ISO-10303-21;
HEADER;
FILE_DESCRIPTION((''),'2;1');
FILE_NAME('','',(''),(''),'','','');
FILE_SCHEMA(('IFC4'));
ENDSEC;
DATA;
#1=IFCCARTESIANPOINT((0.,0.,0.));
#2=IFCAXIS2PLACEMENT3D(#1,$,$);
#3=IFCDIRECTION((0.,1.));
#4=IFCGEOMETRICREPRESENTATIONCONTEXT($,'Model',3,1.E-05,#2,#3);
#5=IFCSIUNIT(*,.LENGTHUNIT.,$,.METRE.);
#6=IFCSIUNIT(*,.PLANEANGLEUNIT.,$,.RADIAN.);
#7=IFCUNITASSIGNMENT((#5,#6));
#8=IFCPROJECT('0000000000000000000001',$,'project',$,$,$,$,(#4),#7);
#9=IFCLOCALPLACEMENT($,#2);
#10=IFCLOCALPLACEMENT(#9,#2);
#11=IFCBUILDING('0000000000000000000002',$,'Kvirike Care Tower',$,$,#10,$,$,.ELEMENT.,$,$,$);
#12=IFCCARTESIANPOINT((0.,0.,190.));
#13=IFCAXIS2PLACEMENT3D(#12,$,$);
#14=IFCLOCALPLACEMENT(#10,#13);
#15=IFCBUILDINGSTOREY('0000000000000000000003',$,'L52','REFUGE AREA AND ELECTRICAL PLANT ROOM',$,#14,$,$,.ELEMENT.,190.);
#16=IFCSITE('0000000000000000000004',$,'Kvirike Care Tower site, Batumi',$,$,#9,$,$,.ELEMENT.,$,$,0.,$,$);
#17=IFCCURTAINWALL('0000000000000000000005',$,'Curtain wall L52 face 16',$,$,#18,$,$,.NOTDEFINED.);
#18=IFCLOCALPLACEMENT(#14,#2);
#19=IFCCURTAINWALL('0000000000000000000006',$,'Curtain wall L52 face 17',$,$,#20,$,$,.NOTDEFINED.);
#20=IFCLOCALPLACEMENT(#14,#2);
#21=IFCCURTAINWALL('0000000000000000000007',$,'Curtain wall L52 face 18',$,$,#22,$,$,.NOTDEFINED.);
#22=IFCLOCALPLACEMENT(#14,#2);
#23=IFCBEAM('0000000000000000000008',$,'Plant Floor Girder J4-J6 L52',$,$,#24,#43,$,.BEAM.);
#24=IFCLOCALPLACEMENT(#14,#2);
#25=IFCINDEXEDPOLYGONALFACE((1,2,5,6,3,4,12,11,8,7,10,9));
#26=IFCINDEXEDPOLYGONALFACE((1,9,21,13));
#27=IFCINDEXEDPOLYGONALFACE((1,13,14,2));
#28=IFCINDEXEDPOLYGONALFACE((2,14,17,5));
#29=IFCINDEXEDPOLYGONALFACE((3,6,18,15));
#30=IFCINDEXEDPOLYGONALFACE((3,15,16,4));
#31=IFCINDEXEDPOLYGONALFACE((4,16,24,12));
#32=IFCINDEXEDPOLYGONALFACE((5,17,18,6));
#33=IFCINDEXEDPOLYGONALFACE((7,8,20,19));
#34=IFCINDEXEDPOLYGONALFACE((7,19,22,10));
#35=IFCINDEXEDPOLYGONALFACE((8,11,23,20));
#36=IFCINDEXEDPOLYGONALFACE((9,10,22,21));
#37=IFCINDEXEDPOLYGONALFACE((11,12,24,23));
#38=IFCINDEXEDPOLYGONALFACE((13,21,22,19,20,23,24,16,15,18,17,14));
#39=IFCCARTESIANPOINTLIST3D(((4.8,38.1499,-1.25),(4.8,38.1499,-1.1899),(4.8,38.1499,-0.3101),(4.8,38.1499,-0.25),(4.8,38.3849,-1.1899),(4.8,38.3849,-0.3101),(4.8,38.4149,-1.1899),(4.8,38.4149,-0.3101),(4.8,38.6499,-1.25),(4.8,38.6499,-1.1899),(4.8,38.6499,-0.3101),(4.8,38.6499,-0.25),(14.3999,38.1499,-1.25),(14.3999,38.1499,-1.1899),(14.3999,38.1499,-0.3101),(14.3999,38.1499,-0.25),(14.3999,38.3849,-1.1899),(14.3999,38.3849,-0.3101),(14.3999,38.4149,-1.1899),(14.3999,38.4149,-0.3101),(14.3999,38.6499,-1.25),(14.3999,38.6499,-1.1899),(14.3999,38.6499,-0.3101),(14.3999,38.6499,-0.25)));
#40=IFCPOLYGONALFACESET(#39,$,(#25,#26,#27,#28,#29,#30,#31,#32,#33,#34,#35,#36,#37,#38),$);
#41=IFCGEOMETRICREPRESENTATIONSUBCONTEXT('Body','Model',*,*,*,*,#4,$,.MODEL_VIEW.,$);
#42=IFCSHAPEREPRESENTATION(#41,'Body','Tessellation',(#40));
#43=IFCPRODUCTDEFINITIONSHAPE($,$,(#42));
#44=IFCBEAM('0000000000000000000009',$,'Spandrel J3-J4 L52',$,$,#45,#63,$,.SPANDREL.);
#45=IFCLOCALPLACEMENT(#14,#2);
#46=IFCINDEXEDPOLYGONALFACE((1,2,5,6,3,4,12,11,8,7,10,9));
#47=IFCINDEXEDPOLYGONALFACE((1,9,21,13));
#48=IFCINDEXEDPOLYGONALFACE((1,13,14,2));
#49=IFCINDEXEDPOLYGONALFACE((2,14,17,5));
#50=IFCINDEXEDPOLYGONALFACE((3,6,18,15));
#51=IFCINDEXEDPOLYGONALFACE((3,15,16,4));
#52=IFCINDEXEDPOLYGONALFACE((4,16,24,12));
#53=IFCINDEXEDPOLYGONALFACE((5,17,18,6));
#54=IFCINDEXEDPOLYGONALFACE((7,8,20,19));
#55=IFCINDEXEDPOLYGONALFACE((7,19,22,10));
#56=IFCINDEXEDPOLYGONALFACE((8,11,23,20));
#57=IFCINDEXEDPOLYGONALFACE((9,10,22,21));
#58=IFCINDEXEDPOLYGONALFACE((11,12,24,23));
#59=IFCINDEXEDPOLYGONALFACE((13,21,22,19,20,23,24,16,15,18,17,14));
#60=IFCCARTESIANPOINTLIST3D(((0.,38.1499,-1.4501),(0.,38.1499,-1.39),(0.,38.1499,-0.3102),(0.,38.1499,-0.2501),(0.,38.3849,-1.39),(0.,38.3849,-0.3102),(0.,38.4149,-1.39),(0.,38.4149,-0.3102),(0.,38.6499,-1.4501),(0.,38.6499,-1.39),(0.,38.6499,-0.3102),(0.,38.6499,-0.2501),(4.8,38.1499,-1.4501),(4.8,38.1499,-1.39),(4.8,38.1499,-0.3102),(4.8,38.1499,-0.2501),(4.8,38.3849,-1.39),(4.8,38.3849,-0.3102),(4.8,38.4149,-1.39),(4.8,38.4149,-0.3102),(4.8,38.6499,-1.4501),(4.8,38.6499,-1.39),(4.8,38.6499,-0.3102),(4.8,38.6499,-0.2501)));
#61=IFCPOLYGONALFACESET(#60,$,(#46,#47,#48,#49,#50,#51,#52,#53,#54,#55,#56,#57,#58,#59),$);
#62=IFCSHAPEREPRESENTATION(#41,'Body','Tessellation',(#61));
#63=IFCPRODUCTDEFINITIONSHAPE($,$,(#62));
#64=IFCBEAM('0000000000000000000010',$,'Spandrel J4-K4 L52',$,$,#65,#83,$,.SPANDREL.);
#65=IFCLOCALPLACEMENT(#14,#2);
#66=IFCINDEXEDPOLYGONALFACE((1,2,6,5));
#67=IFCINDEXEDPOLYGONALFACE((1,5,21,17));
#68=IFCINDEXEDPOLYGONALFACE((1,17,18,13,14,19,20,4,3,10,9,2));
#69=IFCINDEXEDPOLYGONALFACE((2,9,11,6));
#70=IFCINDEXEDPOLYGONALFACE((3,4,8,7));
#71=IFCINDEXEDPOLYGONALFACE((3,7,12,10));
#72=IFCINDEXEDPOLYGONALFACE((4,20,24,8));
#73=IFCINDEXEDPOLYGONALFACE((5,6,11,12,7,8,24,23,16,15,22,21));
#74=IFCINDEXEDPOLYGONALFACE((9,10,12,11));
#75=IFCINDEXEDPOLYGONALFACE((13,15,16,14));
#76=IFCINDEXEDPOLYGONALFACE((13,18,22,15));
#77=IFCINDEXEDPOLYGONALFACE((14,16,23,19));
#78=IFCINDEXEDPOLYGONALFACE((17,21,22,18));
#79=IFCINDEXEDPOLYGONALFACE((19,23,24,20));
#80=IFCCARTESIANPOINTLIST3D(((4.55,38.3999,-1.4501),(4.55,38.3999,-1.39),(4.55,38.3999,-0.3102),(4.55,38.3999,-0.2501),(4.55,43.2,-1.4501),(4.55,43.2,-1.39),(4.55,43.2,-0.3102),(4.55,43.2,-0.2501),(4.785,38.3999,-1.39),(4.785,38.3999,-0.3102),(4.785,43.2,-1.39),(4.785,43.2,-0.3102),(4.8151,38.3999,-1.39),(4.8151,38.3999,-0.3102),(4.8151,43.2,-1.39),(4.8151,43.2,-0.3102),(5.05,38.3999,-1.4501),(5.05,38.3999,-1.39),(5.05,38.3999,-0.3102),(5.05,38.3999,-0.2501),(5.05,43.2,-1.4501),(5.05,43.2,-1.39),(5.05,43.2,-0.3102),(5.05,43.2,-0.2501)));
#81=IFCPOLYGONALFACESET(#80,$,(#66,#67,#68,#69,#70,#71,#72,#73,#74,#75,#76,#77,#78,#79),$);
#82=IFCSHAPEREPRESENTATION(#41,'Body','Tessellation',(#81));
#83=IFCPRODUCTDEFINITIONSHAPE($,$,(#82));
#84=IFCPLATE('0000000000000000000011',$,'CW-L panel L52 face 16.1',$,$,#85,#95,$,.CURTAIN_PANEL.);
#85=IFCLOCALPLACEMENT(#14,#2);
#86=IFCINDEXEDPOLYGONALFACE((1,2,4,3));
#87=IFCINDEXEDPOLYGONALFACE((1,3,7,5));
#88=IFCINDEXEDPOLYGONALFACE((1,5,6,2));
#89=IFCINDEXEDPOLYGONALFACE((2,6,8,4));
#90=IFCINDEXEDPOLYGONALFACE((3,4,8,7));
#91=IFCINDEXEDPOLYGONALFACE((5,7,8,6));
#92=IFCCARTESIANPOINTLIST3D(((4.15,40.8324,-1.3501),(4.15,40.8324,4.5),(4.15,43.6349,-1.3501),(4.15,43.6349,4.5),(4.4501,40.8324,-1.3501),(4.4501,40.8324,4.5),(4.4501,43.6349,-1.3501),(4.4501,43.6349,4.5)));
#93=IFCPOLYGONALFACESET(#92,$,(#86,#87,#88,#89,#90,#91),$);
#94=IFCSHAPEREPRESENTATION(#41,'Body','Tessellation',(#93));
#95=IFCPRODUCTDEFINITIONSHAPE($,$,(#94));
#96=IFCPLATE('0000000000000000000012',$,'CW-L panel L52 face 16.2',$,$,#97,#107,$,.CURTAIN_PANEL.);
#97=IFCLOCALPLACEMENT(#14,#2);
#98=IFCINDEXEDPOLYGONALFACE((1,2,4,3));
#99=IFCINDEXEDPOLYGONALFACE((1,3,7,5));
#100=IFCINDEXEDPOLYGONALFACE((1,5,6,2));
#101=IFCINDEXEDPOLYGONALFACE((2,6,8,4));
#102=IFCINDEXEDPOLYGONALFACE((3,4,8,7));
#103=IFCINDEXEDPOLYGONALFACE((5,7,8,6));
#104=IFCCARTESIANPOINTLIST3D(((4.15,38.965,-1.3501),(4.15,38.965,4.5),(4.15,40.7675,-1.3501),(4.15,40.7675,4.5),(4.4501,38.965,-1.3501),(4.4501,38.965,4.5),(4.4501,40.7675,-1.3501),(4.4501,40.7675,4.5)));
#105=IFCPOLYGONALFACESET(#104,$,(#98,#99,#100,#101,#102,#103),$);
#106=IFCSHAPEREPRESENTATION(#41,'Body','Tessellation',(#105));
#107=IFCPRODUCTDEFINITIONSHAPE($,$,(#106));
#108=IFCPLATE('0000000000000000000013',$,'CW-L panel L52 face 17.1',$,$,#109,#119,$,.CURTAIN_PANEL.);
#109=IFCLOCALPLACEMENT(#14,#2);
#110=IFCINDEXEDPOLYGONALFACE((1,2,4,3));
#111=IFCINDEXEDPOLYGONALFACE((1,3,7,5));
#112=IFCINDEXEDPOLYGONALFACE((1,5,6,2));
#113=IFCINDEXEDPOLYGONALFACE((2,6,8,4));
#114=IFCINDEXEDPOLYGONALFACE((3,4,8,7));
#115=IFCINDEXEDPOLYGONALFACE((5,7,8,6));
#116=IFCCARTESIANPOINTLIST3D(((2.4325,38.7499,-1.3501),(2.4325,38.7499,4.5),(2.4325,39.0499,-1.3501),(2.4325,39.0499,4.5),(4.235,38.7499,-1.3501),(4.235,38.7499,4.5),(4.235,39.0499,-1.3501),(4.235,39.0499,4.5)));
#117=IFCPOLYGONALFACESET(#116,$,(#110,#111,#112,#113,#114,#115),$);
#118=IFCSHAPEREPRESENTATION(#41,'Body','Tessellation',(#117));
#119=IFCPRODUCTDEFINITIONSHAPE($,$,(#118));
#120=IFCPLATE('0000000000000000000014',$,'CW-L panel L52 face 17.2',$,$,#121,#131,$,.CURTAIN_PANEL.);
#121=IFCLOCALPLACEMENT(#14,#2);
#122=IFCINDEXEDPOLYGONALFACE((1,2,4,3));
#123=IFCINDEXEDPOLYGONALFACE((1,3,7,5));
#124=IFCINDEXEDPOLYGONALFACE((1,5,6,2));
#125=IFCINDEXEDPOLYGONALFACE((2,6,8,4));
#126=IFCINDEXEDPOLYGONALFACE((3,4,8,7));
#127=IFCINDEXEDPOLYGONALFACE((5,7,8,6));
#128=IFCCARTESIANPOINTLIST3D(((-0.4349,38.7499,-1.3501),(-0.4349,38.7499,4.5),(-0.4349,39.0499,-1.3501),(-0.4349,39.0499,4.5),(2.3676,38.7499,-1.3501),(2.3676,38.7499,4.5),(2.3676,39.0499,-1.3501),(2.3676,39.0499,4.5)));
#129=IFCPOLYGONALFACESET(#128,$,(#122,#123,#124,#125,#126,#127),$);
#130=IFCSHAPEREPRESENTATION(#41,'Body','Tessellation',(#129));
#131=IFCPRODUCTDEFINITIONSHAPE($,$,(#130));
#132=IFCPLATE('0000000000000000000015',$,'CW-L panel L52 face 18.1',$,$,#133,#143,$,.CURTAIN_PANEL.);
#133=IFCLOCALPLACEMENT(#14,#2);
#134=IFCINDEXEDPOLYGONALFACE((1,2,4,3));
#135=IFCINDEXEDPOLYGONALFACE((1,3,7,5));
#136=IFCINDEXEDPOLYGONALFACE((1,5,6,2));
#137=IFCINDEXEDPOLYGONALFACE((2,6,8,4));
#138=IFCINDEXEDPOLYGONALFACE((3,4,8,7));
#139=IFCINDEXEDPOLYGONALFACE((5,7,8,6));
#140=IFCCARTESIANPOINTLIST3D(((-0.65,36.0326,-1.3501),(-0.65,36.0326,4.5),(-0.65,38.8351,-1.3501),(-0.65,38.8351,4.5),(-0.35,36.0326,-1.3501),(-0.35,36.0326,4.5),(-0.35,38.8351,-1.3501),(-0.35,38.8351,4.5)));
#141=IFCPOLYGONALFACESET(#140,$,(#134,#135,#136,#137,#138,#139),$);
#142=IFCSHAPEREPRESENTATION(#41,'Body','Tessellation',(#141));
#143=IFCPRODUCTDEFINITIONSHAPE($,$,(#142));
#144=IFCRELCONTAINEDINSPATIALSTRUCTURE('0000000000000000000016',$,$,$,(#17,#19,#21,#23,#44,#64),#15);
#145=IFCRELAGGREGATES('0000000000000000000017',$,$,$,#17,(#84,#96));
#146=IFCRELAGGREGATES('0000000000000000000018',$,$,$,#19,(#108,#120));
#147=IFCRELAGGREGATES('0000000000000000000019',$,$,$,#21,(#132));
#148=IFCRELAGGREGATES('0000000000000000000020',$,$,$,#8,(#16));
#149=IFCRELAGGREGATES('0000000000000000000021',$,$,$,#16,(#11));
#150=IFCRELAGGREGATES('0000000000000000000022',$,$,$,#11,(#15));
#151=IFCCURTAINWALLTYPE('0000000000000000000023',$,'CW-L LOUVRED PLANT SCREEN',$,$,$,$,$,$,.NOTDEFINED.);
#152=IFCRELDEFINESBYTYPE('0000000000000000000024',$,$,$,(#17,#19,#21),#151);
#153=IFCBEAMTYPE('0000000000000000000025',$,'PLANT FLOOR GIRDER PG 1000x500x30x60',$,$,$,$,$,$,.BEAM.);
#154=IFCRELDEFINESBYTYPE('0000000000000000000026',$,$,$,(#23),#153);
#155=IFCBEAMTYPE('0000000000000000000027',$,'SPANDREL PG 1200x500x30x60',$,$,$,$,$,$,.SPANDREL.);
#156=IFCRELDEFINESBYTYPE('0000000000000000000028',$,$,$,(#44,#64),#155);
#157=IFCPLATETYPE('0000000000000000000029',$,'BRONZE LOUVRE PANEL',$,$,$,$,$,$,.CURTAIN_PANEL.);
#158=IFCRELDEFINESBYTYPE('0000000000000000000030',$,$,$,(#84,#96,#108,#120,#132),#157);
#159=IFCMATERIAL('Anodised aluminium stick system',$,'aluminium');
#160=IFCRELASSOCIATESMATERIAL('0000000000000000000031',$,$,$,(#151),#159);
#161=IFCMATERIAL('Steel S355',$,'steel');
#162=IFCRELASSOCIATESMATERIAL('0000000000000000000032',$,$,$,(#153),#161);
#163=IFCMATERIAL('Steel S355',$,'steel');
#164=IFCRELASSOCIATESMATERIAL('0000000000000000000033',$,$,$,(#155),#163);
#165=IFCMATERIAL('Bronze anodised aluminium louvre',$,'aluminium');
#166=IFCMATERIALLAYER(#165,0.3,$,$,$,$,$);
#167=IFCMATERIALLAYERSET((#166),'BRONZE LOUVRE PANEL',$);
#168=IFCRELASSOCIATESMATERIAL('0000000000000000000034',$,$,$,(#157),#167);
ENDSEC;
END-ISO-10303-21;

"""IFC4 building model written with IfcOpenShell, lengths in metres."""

from ifc_helpers import new_model, si_unit, direction, frame, origin, origin_2d, place, context, subcontext, project, spatial, rectangle, i_section, extrude, material, layer, layer_set, material_profile, profile_set, type_object, element, aggregate, save


model = new_model("IFC4")

# Units and contexts
model_context = context("Model", 3, precision=1e-05, world=origin(), true_north=direction((0.0, 1.0)))
body_context = subcontext(model_context, "Body", "Model", "MODEL_VIEW")
ifc_project = project(units=[si_unit("LENGTHUNIT", "METRE"), si_unit("PLANEANGLEUNIT", "RADIAN")], contexts=[model_context])

# Site, building, storey
site_placement = place(None, origin())
site = spatial("IfcSite", under=ifc_project, at=site_placement, Name="Kvirike Care Tower site, Batumi", CompositionType="ELEMENT", RefElevation=0.0)
building_placement = place(site_placement, origin())
building = spatial("IfcBuilding", under=site, at=building_placement, Name="Kvirike Care Tower", CompositionType="ELEMENT")
storey_placement = place(building_placement, frame((0.0, 0.0, 190.0)))
storey = spatial("IfcBuildingStorey", under=building, at=storey_placement, Name="L52", Description="REFUGE AREA AND ELECTRICAL PLANT ROOM", CompositionType="ELEMENT", Elevation=190.0)

# Curtain wall
ifc_material_1 = material(Name="Anodised aluminium stick system", Category="aluminium")
curtain_wall_type = type_object("IfcCurtainWallType", Name="CW-L LOUVRED PLANT SCREEN", PredefinedType="NOTDEFINED", material=ifc_material_1)
curtain_wall_1_placement = place(storey_placement, origin())
curtain_wall_1 = element("IfcCurtainWall", 1, at=curtain_wall_1_placement, inside=storey, type_object=curtain_wall_type, Name="Curtain wall L52 face 16", PredefinedType="NOTDEFINED")

# Curtain walls
curtain_wall_2_placement = place(storey_placement, origin())
curtain_wall_2 = element("IfcCurtainWall", 2, at=curtain_wall_2_placement, inside=storey, type_object=curtain_wall_type, Name="Curtain wall L52 face 17", PredefinedType="NOTDEFINED")
curtain_wall_3_placement = place(storey_placement, origin())
curtain_wall_3 = element("IfcCurtainWall", 3, at=curtain_wall_3_placement, inside=storey, type_object=curtain_wall_type, Name="Curtain wall L52 face 18", PredefinedType="NOTDEFINED")

# Beams
ifc_material_2 = material(Name="Steel S355", Category="steel")
ifc_material_profile_1 = material_profile(ifc_material_2, i_section(OverallWidth=0.5, OverallDepth=1.0, WebThickness=0.03, FlangeThickness=0.0601, at=origin_2d()), Name="PG 1000x500x30x60")
ifc_profile_set_1 = profile_set([ifc_material_profile_1], Name="Steel S355")
beam_type_1 = type_object("IfcBeamType", Name="PLANT FLOOR GIRDER PG 1000x500x30x60", PredefinedType="BEAM", material=ifc_profile_set_1)
beam_placement = place(storey_placement, frame((4.8, 38.3999, -0.75), z_axis=(1.0, 0.0, 0.0), x_axis=(0.0, 1.0, 0.0)))
element("IfcBeam", 4, at=beam_placement, inside=storey, type_object=beam_type_1, Name="Plant Floor Girder J4-J6 L52", PredefinedType="BEAM", context=body_context, shape_type="SweptSolid", body=[
    extrude(i_section(OverallWidth=0.5, OverallDepth=1.0, WebThickness=0.03, FlangeThickness=0.0601, at=origin_2d()), origin(), (0.0, 0.0, 1.0), 9.5999),
])
ifc_material_3 = material(Name="Steel S355", Category="steel")
ifc_material_profile_2 = material_profile(ifc_material_3, i_section(OverallWidth=0.5, OverallDepth=1.2, WebThickness=0.03, FlangeThickness=0.0601, at=origin_2d()), Name="PG 1200x500x30x60")
ifc_profile_set_2 = profile_set([ifc_material_profile_2], Name="Steel S355")
beam_type_2 = type_object("IfcBeamType", Name="SPANDREL PG 1200x500x30x60", PredefinedType="SPANDREL", material=ifc_profile_set_2)
for number, where, z_axis, x_axis, name in (
    (5, (0.0, 38.3999, -0.8501), (1.0, 0.0, 0.0), (0.0, 1.0, 0.0), "Spandrel J3-J4 L52"),
    (6, (4.8, 38.3999, -0.8501), (0.0, 1.0, 0.0), (-1.0, 0.0, 0.0), "Spandrel J4-K4 L52"),
):
    element("IfcBeam", number, at=place(storey_placement, frame(where, z_axis=z_axis, x_axis=x_axis)), inside=storey, type_object=beam_type_2, Name=name, PredefinedType="SPANDREL", context=body_context, shape_type="SweptSolid", body=[
        extrude(i_section(OverallWidth=0.5, OverallDepth=1.2, WebThickness=0.03, FlangeThickness=0.0601, at=origin_2d()), origin(), (0.0, 0.0, 1.0), 4.8),
    ])

# Plates
ifc_material_4 = material(Name="Bronze anodised aluminium louvre", Category="aluminium")
ifc_layer = layer(ifc_material_4, 0.3)
ifc_layer_set = layer_set([ifc_layer], Name="BRONZE LOUVRE PANEL")
plate_type = type_object("IfcPlateType", Name="BRONZE LOUVRE PANEL", PredefinedType="CURTAIN_PANEL", material=ifc_layer_set)
plate_1_placement = place(storey_placement, frame((4.3, 42.2336, -1.3501), z_axis=(0.0, 0.0, 1.0), x_axis=(0.0, -1.0, 0.0)))
plate_1 = element("IfcPlate", 7, at=plate_1_placement, type_object=plate_type, Name="CW-L panel L52 face 16.1", PredefinedType="CURTAIN_PANEL", context=body_context, shape_type="SweptSolid", body=[
    extrude(rectangle(XDim=2.8025, YDim=0.3, at=origin_2d()), origin(), (0.0, 0.0, 1.0), 5.8501),
])
plate_2_placement = place(storey_placement, frame((4.3, 39.8662, -1.3501), z_axis=(0.0, 0.0, 1.0), x_axis=(0.0, -1.0, 0.0)))
plate_2 = element("IfcPlate", 8, at=plate_2_placement, type_object=plate_type, Name="CW-L panel L52 face 16.2", PredefinedType="CURTAIN_PANEL", context=body_context, shape_type="SweptSolid", body=[
    extrude(rectangle(XDim=1.8025, YDim=0.3, at=origin_2d()), origin(), (0.0, 0.0, 1.0), 5.8501),
])
aggregate(curtain_wall_1, [plate_1, plate_2])
plate_3_placement = place(storey_placement, frame((3.3337, 38.8999, -1.3501), z_axis=(0.0, 0.0, 1.0), x_axis=(-1.0, 0.0, 0.0)))
plate_3 = element("IfcPlate", 9, at=plate_3_placement, type_object=plate_type, Name="CW-L panel L52 face 17.1", PredefinedType="CURTAIN_PANEL", context=body_context, shape_type="SweptSolid", body=[
    extrude(rectangle(XDim=1.8025, YDim=0.3, at=origin_2d()), origin(), (0.0, 0.0, 1.0), 5.8501),
])
plate_4_placement = place(storey_placement, frame((0.9663, 38.8999, -1.3501), z_axis=(0.0, 0.0, 1.0), x_axis=(-1.0, 0.0, 0.0)))
plate_4 = element("IfcPlate", 10, at=plate_4_placement, type_object=plate_type, Name="CW-L panel L52 face 17.2", PredefinedType="CURTAIN_PANEL", context=body_context, shape_type="SweptSolid", body=[
    extrude(rectangle(XDim=2.8025, YDim=0.3, at=origin_2d()), origin(), (0.0, 0.0, 1.0), 5.8501),
])
aggregate(curtain_wall_2, [plate_3, plate_4])
plate_5_placement = place(storey_placement, frame((-0.5, 37.4338, -1.3501), z_axis=(0.0, 0.0, 1.0), x_axis=(0.0, -1.0, 0.0)))
plate_5 = element("IfcPlate", 11, at=plate_5_placement, type_object=plate_type, Name="CW-L panel L52 face 18.1", PredefinedType="CURTAIN_PANEL", context=body_context, shape_type="SweptSolid", body=[
    extrude(rectangle(XDim=2.8025, YDim=0.3, at=origin_2d()), origin(), (0.0, 0.0, 1.0), 5.8501),
])
aggregate(curtain_wall_3, [plate_5])

save(model, "model.ifc")
